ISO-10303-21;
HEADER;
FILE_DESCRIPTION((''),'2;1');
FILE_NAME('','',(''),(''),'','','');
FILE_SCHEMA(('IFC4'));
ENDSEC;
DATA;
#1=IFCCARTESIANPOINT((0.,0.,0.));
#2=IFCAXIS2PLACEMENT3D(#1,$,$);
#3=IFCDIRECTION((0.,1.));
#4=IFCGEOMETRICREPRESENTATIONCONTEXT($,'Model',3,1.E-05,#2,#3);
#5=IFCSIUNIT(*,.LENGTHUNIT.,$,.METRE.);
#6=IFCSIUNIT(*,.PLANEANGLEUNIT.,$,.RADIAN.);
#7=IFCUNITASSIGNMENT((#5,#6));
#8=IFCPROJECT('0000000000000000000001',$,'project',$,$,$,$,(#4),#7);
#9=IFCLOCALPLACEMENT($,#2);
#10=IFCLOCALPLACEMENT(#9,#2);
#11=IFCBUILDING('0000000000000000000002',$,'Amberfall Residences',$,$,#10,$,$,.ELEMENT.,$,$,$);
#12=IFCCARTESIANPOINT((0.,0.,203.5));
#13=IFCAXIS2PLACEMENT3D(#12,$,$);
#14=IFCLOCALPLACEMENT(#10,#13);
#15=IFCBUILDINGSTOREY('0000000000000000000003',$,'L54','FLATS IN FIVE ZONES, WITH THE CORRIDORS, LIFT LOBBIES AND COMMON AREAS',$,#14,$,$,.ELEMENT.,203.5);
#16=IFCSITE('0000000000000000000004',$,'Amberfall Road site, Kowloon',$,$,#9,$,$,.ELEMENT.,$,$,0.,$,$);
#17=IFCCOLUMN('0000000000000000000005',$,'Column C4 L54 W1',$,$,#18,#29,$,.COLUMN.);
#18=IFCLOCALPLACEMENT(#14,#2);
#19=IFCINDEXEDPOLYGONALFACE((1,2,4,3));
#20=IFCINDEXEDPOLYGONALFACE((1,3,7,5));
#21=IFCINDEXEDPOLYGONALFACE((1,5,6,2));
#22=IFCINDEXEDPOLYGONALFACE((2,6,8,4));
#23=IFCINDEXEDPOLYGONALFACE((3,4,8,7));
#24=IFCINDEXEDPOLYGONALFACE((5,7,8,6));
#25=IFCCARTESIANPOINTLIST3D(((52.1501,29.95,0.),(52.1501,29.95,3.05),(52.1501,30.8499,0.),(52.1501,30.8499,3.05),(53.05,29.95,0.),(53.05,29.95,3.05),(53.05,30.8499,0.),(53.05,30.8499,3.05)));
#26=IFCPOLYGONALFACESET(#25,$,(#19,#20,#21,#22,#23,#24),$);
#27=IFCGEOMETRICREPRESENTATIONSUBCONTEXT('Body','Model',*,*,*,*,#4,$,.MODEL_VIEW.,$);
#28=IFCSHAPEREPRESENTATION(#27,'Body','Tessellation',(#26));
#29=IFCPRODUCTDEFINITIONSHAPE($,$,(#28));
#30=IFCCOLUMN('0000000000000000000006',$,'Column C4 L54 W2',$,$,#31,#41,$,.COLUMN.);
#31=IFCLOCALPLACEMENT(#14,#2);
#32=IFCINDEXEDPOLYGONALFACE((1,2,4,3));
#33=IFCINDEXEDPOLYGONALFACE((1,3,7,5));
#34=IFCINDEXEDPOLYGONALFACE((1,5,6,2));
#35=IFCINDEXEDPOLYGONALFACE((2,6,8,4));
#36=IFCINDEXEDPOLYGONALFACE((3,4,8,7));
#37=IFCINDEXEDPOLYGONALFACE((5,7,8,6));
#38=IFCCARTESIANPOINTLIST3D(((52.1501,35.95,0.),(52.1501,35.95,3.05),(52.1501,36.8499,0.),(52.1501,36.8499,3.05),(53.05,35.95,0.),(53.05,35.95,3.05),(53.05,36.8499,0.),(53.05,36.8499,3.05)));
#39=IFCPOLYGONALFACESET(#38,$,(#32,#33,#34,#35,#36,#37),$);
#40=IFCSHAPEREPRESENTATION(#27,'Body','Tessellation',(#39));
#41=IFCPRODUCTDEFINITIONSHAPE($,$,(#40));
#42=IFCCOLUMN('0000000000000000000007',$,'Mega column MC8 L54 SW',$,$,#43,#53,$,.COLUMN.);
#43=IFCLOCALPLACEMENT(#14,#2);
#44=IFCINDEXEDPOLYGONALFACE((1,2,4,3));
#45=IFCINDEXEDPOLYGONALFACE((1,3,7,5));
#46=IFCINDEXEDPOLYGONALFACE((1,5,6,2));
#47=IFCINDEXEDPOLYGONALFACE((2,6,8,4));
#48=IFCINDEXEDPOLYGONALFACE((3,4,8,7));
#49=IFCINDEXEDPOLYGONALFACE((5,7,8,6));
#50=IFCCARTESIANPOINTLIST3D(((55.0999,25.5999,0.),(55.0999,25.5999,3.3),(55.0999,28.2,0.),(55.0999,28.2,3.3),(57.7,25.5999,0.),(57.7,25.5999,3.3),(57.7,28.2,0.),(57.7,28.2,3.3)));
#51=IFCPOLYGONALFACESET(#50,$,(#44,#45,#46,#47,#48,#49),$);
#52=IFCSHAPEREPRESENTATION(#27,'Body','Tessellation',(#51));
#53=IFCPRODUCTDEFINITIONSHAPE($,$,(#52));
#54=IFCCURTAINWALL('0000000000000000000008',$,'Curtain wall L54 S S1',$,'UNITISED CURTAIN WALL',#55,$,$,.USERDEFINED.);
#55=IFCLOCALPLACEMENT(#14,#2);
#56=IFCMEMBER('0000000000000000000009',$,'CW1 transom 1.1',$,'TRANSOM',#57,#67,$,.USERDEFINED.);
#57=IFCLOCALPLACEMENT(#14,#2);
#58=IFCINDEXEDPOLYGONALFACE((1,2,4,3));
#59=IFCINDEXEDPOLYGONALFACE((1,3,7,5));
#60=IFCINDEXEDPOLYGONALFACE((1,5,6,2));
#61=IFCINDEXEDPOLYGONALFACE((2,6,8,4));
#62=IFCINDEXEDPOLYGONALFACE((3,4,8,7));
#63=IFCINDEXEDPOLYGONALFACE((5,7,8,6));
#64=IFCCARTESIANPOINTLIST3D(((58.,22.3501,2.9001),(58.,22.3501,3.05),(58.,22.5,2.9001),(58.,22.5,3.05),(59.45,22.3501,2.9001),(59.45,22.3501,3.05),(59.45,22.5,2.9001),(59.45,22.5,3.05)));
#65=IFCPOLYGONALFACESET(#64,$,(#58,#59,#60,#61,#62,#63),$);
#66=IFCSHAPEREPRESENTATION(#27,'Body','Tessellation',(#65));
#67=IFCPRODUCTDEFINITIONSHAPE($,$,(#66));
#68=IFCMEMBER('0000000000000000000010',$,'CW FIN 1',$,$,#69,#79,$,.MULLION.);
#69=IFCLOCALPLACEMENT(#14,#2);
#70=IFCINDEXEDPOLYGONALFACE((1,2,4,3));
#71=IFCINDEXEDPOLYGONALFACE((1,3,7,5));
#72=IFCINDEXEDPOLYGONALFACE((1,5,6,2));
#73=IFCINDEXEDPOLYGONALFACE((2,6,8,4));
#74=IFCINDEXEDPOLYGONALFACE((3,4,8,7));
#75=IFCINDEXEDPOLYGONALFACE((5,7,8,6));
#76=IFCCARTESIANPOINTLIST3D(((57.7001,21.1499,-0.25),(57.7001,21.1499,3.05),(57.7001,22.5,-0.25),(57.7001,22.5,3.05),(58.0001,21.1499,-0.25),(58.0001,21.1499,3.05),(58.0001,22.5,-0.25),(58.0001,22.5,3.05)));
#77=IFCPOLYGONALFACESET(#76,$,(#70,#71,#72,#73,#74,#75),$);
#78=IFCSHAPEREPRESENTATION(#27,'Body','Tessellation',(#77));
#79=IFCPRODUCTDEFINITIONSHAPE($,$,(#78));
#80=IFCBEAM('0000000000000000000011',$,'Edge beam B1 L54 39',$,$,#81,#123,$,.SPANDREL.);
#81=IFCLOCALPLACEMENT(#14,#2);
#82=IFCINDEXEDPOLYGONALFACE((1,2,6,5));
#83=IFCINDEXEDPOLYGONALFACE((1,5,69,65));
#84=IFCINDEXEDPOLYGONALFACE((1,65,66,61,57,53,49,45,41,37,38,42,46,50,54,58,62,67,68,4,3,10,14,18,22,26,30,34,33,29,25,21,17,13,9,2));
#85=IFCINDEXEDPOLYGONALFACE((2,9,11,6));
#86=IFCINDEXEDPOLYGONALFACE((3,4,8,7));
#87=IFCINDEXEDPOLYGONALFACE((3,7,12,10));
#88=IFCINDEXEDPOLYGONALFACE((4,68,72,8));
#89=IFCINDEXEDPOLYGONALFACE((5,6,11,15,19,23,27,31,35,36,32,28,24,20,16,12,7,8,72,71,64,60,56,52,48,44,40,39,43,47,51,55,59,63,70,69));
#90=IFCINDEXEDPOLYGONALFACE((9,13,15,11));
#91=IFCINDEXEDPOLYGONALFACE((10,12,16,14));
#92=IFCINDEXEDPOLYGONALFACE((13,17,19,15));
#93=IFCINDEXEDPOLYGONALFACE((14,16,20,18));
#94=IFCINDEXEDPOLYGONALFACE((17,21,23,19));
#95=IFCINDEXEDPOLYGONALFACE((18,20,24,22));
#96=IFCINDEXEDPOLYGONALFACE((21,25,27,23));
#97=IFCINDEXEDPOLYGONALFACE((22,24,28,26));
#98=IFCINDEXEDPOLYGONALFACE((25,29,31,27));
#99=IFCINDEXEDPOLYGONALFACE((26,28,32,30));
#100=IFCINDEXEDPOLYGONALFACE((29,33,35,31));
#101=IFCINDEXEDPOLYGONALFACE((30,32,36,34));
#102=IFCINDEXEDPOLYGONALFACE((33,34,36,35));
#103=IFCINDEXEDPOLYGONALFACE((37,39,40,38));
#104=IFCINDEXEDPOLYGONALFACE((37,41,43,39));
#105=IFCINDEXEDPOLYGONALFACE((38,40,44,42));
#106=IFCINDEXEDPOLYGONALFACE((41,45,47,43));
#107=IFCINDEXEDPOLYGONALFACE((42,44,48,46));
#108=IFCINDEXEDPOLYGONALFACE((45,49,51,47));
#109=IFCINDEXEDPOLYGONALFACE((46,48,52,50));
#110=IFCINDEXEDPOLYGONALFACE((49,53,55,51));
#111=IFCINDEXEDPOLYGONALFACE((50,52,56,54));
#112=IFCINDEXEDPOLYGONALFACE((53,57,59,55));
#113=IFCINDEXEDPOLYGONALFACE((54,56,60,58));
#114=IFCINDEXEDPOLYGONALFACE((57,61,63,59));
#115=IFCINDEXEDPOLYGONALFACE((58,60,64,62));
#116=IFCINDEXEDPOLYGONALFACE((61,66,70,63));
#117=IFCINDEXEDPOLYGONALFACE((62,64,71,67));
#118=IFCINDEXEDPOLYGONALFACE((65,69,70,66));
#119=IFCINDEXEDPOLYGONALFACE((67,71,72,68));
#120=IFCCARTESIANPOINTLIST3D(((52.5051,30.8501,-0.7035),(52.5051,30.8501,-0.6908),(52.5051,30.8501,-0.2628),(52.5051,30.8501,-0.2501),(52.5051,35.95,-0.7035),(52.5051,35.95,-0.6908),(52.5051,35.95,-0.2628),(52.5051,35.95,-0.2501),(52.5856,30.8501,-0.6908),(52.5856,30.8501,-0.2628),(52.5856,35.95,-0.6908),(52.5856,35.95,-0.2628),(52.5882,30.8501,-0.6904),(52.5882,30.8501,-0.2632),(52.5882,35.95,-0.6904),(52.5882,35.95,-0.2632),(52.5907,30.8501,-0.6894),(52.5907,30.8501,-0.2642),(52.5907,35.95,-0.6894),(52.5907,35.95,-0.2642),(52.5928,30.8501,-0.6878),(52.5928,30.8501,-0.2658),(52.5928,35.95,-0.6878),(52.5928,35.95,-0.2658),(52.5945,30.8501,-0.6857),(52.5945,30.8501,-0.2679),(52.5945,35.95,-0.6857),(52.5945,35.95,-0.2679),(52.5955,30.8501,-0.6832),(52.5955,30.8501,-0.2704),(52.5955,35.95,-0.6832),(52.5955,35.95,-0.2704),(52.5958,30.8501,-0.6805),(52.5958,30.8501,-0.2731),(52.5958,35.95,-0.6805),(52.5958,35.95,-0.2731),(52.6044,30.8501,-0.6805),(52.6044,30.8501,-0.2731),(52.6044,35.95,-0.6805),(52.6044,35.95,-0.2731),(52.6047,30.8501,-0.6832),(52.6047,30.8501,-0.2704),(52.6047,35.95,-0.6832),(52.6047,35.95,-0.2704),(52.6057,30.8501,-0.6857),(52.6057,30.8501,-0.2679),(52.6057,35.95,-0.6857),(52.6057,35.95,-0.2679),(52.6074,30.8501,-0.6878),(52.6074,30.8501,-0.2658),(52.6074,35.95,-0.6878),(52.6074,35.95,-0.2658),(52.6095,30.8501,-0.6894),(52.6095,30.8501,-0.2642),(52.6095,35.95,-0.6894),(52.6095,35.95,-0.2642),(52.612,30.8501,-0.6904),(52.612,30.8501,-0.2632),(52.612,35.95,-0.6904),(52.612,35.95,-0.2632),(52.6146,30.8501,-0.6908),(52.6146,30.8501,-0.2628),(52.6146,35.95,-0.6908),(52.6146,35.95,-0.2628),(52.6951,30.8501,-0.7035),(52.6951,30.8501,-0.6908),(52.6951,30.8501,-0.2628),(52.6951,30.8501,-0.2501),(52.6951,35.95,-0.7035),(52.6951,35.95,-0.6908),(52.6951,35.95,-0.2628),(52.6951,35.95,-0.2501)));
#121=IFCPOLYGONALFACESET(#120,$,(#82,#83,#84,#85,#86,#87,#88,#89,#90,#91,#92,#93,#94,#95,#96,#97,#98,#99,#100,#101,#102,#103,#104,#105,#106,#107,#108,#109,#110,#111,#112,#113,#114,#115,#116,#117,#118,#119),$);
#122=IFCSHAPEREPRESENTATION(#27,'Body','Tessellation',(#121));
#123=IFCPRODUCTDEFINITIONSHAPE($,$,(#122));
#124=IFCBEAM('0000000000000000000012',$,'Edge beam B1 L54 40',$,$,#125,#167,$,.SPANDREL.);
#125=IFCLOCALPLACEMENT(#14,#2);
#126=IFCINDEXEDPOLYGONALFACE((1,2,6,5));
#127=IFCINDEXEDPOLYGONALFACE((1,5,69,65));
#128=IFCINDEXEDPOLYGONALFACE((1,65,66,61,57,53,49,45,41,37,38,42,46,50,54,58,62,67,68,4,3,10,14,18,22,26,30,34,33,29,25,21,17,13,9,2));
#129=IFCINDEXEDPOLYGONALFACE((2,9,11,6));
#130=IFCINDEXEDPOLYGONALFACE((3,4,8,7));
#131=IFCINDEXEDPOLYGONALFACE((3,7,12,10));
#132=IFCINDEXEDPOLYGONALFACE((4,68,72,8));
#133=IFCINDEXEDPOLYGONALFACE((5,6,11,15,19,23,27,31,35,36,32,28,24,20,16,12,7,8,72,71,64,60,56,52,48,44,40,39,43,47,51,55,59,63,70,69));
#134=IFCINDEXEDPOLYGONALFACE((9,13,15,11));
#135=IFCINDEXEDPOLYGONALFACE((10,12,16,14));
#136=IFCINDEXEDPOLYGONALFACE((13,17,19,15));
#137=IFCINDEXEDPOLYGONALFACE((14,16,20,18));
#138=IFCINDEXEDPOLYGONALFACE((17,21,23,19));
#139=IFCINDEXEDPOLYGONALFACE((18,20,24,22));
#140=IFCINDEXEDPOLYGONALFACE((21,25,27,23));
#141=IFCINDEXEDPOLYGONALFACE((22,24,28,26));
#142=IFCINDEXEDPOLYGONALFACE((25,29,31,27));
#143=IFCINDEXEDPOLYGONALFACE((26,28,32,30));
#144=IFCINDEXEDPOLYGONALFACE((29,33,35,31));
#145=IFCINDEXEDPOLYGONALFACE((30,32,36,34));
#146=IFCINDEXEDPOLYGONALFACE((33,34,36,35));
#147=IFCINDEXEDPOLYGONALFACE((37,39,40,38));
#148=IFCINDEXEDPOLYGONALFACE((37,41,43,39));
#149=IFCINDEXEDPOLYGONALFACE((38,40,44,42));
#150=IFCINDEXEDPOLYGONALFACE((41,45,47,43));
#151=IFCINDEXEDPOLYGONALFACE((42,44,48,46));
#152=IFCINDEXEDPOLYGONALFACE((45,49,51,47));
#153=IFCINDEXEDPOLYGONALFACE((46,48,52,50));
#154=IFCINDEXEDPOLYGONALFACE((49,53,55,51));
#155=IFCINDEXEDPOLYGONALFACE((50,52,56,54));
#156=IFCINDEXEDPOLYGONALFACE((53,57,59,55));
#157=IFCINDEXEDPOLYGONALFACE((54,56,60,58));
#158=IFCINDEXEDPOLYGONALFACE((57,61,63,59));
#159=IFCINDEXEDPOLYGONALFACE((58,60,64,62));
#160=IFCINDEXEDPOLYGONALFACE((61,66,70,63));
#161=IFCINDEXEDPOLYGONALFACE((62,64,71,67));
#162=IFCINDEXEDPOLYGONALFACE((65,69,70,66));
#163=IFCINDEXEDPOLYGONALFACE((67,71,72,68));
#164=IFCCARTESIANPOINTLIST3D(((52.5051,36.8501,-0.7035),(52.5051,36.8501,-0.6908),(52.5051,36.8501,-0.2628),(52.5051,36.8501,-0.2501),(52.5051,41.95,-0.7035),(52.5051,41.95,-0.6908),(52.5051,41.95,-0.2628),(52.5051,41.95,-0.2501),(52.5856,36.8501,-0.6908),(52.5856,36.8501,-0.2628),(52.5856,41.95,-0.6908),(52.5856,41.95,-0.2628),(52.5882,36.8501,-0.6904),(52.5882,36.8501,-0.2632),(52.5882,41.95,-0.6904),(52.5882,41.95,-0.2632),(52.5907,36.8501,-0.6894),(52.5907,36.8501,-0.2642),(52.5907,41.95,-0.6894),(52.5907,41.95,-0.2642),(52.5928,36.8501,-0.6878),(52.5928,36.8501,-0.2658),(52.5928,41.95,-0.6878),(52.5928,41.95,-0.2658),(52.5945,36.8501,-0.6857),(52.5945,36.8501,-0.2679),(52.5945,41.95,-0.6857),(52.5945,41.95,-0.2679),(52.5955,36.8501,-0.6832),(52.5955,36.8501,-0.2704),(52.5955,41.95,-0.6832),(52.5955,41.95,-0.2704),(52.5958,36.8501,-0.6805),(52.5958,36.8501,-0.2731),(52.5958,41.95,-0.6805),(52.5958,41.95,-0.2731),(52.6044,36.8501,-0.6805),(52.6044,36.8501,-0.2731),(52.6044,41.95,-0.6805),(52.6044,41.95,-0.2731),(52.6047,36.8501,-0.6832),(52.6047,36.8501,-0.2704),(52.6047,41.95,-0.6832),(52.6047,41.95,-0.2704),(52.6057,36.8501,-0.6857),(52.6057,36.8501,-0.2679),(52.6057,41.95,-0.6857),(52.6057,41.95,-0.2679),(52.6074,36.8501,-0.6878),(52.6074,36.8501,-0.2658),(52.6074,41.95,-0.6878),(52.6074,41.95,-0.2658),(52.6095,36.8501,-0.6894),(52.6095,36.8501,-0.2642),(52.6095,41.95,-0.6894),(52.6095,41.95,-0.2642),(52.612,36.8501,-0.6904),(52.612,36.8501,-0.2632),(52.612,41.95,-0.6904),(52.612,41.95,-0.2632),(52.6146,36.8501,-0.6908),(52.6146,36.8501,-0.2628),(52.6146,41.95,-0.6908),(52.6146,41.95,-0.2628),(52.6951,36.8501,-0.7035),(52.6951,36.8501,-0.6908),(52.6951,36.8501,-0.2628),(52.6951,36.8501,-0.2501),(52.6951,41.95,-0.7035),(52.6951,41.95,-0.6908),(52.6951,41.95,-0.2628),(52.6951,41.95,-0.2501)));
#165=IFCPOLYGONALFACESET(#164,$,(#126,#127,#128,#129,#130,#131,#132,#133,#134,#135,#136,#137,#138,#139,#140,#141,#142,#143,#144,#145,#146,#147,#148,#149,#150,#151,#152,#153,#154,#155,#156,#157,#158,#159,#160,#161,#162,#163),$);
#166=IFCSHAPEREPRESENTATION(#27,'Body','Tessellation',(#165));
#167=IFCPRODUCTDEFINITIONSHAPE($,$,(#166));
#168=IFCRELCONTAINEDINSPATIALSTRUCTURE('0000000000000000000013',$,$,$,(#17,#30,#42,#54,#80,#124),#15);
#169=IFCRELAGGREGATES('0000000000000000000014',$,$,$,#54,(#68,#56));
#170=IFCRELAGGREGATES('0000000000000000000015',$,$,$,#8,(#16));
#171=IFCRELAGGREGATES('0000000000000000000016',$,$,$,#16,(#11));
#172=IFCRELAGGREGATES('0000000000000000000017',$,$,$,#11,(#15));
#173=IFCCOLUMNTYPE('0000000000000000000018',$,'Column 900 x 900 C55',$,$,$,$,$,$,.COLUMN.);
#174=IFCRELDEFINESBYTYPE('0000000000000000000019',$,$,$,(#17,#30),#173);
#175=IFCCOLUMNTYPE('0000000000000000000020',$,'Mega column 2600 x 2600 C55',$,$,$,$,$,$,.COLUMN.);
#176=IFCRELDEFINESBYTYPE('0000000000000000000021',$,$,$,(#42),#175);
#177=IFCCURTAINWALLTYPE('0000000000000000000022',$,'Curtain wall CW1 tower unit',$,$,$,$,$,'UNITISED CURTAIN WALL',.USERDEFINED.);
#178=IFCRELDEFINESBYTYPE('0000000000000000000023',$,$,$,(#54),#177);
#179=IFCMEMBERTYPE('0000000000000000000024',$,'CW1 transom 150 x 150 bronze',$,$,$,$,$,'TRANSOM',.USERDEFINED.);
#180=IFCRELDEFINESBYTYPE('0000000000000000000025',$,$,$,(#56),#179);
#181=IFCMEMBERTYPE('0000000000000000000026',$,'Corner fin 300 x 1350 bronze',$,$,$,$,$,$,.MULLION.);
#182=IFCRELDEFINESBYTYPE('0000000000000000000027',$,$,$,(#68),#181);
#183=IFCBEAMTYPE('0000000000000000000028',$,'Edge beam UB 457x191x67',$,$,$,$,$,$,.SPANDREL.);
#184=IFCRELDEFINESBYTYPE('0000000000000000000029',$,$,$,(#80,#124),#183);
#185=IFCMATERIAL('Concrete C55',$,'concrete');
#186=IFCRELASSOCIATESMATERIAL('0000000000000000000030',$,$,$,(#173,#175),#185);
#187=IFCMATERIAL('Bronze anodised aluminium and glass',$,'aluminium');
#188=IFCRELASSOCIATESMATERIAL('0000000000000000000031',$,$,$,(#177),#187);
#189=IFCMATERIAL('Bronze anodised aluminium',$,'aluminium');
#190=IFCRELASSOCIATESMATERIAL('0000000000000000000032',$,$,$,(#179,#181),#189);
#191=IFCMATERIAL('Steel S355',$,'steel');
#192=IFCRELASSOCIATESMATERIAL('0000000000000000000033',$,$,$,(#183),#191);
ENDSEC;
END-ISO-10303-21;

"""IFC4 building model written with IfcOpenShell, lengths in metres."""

from ifc_helpers import new_model, si_unit, direction, frame, origin, origin_2d, place, context, subcontext, project, spatial, rectangle, i_section, extrude, material, material_profile, profile_set, type_object, element, aggregate, save


model = new_model("IFC4")

# Units and contexts
model_context = context("Model", 3, precision=1e-05, world=origin(), true_north=direction((0.0, 1.0)))
body_context = subcontext(model_context, "Body", "Model", "MODEL_VIEW")
ifc_project = project(units=[si_unit("LENGTHUNIT", "METRE"), si_unit("PLANEANGLEUNIT", "RADIAN")], contexts=[model_context])

# Site, building, storey
site_placement = place(None, origin())
site = spatial("IfcSite", under=ifc_project, at=site_placement, Name="Amberfall Road site, Kowloon", CompositionType="ELEMENT", RefElevation=0.0)
building_placement = place(site_placement, origin())
building = spatial("IfcBuilding", under=site, at=building_placement, Name="Amberfall Residences", CompositionType="ELEMENT")
storey_placement = place(building_placement, frame((0.0, 0.0, 203.5)))
storey = spatial("IfcBuildingStorey", under=building, at=storey_placement, Name="L54", Description="FLATS IN FIVE ZONES, WITH THE CORRIDORS, LIFT LOBBIES AND COMMON AREAS", CompositionType="ELEMENT", Elevation=203.5)

# Columns
ifc_material_1 = material(Name="Concrete C55", Category="concrete")
ifc_material_profile_1 = material_profile(ifc_material_1, rectangle(XDim=0.8999, YDim=0.8999, at=origin_2d()), Name="Column 900 x 900 C55")
ifc_profile_set_1 = profile_set([ifc_material_profile_1], Name="Concrete C55")
column_type_1 = type_object("IfcColumnType", Name="Column 900 x 900 C55", PredefinedType="COLUMN", material=ifc_profile_set_1)
for number, where, z_axis, x_axis, name in (
    (1, (52.6001, 30.3999, 0.0), (0.0, 0.0, 1.0), (1.0, 0.0, 0.0), "Column C4 L54 W1"),
    (2, (52.6001, 36.3999, 0.0), (0.0, 0.0, 1.0), (1.0, 0.0, 0.0), "Column C4 L54 W2"),
):
    element("IfcColumn", number, at=place(storey_placement, frame(where, z_axis=z_axis, x_axis=x_axis)), inside=storey, type_object=column_type_1, Name=name, PredefinedType="COLUMN", context=body_context, shape_type="SweptSolid", body=[
        extrude(rectangle(XDim=0.8999, YDim=0.8999, at=origin_2d()), origin(), (0.0, 0.0, 1.0), 3.05),
    ])
ifc_material_profile_2 = material_profile(ifc_material_1, rectangle(XDim=2.6001, YDim=2.6001, at=origin_2d()), Name="Mega column 2600 x 2600 C55")
ifc_profile_set_2 = profile_set([ifc_material_profile_2], Name="Concrete C55")
column_type_2 = type_object("IfcColumnType", Name="Mega column 2600 x 2600 C55", PredefinedType="COLUMN", material=ifc_profile_set_2)
column_placement = place(storey_placement, frame((56.3999, 26.8999, 0.0), z_axis=(0.0, 0.0, 1.0), x_axis=(1.0, 0.0, 0.0)))
element("IfcColumn", 3, at=column_placement, inside=storey, type_object=column_type_2, Name="Mega column MC8 L54 SW", PredefinedType="COLUMN", context=body_context, shape_type="SweptSolid", body=[
    extrude(rectangle(XDim=2.6001, YDim=2.6001, at=origin_2d()), origin(), (0.0, 0.0, 1.0), 3.3),
])

# Curtain wall, members
ifc_material_2 = material(Name="Bronze anodised aluminium and glass", Category="aluminium")
curtain_wall_type = type_object("IfcCurtainWallType", Name="Curtain wall CW1 tower unit", ElementType="UNITISED CURTAIN WALL", PredefinedType="USERDEFINED", material=ifc_material_2)
curtain_wall_placement = place(storey_placement, origin())
curtain_wall = element("IfcCurtainWall", 4, at=curtain_wall_placement, inside=storey, type_object=curtain_wall_type, Name="Curtain wall L54 S S1", ObjectType="UNITISED CURTAIN WALL", PredefinedType="USERDEFINED")
ifc_material_3 = material(Name="Bronze anodised aluminium", Category="aluminium")
ifc_material_profile_3 = material_profile(ifc_material_3, rectangle(XDim=0.1499, YDim=0.1499, at=origin_2d()), Name="CW1 transom 150 x 150 bronze")
ifc_profile_set_3 = profile_set([ifc_material_profile_3], Name="Bronze anodised aluminium")
member_type_1 = type_object("IfcMemberType", Name="CW1 transom 150 x 150 bronze", ElementType="TRANSOM", PredefinedType="USERDEFINED", material=ifc_profile_set_3)
member_1_placement = place(storey_placement, frame((58.0, 22.425, 2.9751), z_axis=(1.0, 0.0, 0.0), x_axis=(0.0, 1.0, 0.0)))
member_1 = element("IfcMember", 5, at=member_1_placement, type_object=member_type_1, Name="CW1 transom 1.1", ObjectType="TRANSOM", PredefinedType="USERDEFINED", context=body_context, shape_type="SweptSolid", body=[
    extrude(rectangle(XDim=0.1499, YDim=0.1499, at=origin_2d()), origin(), (0.0, 0.0, 1.0), 1.45),
])
ifc_material_profile_4 = material_profile(ifc_material_3, rectangle(XDim=1.3501, YDim=0.3, at=origin_2d()), Name="Corner fin 300 x 1350 bronze")
ifc_profile_set_4 = profile_set([ifc_material_profile_4], Name="Bronze anodised aluminium")
member_type_2 = type_object("IfcMemberType", Name="Corner fin 300 x 1350 bronze", PredefinedType="MULLION", material=ifc_profile_set_4)
member_2_placement = place(storey_placement, frame((57.8501, 21.825, -0.25), z_axis=(0.0, 0.0, 1.0), x_axis=(0.0, 1.0, 0.0)))
member_2 = element("IfcMember", 6, at=member_2_placement, type_object=member_type_2, Name="CW FIN 1", PredefinedType="MULLION", context=body_context, shape_type="SweptSolid", body=[
    extrude(rectangle(XDim=1.3501, YDim=0.3, at=origin_2d()), origin(), (0.0, 0.0, 1.0), 3.3),
])

# Beams
ifc_material_4 = material(Name="Steel S355", Category="steel")
ifc_material_profile_5 = material_profile(ifc_material_4, i_section(OverallWidth=0.1899, OverallDepth=0.4534, WebThickness=0.0085, FlangeThickness=0.0127, FilletRadius=0.0103, at=origin_2d()), Name="UB 457x191x67")
ifc_profile_set_5 = profile_set([ifc_material_profile_5], Name="Steel S355")
beam_type_1 = type_object("IfcBeamType", Name="Edge beam UB 457x191x67", PredefinedType="SPANDREL", material=ifc_profile_set_5)
for number, where, z_axis, x_axis, name in (
    (7, (52.6001, 30.8501, -0.4768), (0.0, 1.0, 0.0), (-1.0, 0.0, 0.0), "Edge beam B1 L54 39"),
    (8, (52.6001, 36.8501, -0.4768), (0.0, 1.0, 0.0), (-1.0, 0.0, 0.0), "Edge beam B1 L54 40"),
):
    element("IfcBeam", number, at=place(storey_placement, frame(where, z_axis=z_axis, x_axis=x_axis)), inside=storey, type_object=beam_type_1, Name=name, PredefinedType="SPANDREL", context=body_context, shape_type="SweptSolid", body=[
        extrude(i_section(OverallWidth=0.1899, OverallDepth=0.4534, WebThickness=0.0085, FlangeThickness=0.0127, FilletRadius=0.0103, at=origin_2d()), origin(), (0.0, 0.0, 1.0), 5.0999),
    ])

aggregate(curtain_wall, [member_2, member_1])

save(model, "model.ifc")
